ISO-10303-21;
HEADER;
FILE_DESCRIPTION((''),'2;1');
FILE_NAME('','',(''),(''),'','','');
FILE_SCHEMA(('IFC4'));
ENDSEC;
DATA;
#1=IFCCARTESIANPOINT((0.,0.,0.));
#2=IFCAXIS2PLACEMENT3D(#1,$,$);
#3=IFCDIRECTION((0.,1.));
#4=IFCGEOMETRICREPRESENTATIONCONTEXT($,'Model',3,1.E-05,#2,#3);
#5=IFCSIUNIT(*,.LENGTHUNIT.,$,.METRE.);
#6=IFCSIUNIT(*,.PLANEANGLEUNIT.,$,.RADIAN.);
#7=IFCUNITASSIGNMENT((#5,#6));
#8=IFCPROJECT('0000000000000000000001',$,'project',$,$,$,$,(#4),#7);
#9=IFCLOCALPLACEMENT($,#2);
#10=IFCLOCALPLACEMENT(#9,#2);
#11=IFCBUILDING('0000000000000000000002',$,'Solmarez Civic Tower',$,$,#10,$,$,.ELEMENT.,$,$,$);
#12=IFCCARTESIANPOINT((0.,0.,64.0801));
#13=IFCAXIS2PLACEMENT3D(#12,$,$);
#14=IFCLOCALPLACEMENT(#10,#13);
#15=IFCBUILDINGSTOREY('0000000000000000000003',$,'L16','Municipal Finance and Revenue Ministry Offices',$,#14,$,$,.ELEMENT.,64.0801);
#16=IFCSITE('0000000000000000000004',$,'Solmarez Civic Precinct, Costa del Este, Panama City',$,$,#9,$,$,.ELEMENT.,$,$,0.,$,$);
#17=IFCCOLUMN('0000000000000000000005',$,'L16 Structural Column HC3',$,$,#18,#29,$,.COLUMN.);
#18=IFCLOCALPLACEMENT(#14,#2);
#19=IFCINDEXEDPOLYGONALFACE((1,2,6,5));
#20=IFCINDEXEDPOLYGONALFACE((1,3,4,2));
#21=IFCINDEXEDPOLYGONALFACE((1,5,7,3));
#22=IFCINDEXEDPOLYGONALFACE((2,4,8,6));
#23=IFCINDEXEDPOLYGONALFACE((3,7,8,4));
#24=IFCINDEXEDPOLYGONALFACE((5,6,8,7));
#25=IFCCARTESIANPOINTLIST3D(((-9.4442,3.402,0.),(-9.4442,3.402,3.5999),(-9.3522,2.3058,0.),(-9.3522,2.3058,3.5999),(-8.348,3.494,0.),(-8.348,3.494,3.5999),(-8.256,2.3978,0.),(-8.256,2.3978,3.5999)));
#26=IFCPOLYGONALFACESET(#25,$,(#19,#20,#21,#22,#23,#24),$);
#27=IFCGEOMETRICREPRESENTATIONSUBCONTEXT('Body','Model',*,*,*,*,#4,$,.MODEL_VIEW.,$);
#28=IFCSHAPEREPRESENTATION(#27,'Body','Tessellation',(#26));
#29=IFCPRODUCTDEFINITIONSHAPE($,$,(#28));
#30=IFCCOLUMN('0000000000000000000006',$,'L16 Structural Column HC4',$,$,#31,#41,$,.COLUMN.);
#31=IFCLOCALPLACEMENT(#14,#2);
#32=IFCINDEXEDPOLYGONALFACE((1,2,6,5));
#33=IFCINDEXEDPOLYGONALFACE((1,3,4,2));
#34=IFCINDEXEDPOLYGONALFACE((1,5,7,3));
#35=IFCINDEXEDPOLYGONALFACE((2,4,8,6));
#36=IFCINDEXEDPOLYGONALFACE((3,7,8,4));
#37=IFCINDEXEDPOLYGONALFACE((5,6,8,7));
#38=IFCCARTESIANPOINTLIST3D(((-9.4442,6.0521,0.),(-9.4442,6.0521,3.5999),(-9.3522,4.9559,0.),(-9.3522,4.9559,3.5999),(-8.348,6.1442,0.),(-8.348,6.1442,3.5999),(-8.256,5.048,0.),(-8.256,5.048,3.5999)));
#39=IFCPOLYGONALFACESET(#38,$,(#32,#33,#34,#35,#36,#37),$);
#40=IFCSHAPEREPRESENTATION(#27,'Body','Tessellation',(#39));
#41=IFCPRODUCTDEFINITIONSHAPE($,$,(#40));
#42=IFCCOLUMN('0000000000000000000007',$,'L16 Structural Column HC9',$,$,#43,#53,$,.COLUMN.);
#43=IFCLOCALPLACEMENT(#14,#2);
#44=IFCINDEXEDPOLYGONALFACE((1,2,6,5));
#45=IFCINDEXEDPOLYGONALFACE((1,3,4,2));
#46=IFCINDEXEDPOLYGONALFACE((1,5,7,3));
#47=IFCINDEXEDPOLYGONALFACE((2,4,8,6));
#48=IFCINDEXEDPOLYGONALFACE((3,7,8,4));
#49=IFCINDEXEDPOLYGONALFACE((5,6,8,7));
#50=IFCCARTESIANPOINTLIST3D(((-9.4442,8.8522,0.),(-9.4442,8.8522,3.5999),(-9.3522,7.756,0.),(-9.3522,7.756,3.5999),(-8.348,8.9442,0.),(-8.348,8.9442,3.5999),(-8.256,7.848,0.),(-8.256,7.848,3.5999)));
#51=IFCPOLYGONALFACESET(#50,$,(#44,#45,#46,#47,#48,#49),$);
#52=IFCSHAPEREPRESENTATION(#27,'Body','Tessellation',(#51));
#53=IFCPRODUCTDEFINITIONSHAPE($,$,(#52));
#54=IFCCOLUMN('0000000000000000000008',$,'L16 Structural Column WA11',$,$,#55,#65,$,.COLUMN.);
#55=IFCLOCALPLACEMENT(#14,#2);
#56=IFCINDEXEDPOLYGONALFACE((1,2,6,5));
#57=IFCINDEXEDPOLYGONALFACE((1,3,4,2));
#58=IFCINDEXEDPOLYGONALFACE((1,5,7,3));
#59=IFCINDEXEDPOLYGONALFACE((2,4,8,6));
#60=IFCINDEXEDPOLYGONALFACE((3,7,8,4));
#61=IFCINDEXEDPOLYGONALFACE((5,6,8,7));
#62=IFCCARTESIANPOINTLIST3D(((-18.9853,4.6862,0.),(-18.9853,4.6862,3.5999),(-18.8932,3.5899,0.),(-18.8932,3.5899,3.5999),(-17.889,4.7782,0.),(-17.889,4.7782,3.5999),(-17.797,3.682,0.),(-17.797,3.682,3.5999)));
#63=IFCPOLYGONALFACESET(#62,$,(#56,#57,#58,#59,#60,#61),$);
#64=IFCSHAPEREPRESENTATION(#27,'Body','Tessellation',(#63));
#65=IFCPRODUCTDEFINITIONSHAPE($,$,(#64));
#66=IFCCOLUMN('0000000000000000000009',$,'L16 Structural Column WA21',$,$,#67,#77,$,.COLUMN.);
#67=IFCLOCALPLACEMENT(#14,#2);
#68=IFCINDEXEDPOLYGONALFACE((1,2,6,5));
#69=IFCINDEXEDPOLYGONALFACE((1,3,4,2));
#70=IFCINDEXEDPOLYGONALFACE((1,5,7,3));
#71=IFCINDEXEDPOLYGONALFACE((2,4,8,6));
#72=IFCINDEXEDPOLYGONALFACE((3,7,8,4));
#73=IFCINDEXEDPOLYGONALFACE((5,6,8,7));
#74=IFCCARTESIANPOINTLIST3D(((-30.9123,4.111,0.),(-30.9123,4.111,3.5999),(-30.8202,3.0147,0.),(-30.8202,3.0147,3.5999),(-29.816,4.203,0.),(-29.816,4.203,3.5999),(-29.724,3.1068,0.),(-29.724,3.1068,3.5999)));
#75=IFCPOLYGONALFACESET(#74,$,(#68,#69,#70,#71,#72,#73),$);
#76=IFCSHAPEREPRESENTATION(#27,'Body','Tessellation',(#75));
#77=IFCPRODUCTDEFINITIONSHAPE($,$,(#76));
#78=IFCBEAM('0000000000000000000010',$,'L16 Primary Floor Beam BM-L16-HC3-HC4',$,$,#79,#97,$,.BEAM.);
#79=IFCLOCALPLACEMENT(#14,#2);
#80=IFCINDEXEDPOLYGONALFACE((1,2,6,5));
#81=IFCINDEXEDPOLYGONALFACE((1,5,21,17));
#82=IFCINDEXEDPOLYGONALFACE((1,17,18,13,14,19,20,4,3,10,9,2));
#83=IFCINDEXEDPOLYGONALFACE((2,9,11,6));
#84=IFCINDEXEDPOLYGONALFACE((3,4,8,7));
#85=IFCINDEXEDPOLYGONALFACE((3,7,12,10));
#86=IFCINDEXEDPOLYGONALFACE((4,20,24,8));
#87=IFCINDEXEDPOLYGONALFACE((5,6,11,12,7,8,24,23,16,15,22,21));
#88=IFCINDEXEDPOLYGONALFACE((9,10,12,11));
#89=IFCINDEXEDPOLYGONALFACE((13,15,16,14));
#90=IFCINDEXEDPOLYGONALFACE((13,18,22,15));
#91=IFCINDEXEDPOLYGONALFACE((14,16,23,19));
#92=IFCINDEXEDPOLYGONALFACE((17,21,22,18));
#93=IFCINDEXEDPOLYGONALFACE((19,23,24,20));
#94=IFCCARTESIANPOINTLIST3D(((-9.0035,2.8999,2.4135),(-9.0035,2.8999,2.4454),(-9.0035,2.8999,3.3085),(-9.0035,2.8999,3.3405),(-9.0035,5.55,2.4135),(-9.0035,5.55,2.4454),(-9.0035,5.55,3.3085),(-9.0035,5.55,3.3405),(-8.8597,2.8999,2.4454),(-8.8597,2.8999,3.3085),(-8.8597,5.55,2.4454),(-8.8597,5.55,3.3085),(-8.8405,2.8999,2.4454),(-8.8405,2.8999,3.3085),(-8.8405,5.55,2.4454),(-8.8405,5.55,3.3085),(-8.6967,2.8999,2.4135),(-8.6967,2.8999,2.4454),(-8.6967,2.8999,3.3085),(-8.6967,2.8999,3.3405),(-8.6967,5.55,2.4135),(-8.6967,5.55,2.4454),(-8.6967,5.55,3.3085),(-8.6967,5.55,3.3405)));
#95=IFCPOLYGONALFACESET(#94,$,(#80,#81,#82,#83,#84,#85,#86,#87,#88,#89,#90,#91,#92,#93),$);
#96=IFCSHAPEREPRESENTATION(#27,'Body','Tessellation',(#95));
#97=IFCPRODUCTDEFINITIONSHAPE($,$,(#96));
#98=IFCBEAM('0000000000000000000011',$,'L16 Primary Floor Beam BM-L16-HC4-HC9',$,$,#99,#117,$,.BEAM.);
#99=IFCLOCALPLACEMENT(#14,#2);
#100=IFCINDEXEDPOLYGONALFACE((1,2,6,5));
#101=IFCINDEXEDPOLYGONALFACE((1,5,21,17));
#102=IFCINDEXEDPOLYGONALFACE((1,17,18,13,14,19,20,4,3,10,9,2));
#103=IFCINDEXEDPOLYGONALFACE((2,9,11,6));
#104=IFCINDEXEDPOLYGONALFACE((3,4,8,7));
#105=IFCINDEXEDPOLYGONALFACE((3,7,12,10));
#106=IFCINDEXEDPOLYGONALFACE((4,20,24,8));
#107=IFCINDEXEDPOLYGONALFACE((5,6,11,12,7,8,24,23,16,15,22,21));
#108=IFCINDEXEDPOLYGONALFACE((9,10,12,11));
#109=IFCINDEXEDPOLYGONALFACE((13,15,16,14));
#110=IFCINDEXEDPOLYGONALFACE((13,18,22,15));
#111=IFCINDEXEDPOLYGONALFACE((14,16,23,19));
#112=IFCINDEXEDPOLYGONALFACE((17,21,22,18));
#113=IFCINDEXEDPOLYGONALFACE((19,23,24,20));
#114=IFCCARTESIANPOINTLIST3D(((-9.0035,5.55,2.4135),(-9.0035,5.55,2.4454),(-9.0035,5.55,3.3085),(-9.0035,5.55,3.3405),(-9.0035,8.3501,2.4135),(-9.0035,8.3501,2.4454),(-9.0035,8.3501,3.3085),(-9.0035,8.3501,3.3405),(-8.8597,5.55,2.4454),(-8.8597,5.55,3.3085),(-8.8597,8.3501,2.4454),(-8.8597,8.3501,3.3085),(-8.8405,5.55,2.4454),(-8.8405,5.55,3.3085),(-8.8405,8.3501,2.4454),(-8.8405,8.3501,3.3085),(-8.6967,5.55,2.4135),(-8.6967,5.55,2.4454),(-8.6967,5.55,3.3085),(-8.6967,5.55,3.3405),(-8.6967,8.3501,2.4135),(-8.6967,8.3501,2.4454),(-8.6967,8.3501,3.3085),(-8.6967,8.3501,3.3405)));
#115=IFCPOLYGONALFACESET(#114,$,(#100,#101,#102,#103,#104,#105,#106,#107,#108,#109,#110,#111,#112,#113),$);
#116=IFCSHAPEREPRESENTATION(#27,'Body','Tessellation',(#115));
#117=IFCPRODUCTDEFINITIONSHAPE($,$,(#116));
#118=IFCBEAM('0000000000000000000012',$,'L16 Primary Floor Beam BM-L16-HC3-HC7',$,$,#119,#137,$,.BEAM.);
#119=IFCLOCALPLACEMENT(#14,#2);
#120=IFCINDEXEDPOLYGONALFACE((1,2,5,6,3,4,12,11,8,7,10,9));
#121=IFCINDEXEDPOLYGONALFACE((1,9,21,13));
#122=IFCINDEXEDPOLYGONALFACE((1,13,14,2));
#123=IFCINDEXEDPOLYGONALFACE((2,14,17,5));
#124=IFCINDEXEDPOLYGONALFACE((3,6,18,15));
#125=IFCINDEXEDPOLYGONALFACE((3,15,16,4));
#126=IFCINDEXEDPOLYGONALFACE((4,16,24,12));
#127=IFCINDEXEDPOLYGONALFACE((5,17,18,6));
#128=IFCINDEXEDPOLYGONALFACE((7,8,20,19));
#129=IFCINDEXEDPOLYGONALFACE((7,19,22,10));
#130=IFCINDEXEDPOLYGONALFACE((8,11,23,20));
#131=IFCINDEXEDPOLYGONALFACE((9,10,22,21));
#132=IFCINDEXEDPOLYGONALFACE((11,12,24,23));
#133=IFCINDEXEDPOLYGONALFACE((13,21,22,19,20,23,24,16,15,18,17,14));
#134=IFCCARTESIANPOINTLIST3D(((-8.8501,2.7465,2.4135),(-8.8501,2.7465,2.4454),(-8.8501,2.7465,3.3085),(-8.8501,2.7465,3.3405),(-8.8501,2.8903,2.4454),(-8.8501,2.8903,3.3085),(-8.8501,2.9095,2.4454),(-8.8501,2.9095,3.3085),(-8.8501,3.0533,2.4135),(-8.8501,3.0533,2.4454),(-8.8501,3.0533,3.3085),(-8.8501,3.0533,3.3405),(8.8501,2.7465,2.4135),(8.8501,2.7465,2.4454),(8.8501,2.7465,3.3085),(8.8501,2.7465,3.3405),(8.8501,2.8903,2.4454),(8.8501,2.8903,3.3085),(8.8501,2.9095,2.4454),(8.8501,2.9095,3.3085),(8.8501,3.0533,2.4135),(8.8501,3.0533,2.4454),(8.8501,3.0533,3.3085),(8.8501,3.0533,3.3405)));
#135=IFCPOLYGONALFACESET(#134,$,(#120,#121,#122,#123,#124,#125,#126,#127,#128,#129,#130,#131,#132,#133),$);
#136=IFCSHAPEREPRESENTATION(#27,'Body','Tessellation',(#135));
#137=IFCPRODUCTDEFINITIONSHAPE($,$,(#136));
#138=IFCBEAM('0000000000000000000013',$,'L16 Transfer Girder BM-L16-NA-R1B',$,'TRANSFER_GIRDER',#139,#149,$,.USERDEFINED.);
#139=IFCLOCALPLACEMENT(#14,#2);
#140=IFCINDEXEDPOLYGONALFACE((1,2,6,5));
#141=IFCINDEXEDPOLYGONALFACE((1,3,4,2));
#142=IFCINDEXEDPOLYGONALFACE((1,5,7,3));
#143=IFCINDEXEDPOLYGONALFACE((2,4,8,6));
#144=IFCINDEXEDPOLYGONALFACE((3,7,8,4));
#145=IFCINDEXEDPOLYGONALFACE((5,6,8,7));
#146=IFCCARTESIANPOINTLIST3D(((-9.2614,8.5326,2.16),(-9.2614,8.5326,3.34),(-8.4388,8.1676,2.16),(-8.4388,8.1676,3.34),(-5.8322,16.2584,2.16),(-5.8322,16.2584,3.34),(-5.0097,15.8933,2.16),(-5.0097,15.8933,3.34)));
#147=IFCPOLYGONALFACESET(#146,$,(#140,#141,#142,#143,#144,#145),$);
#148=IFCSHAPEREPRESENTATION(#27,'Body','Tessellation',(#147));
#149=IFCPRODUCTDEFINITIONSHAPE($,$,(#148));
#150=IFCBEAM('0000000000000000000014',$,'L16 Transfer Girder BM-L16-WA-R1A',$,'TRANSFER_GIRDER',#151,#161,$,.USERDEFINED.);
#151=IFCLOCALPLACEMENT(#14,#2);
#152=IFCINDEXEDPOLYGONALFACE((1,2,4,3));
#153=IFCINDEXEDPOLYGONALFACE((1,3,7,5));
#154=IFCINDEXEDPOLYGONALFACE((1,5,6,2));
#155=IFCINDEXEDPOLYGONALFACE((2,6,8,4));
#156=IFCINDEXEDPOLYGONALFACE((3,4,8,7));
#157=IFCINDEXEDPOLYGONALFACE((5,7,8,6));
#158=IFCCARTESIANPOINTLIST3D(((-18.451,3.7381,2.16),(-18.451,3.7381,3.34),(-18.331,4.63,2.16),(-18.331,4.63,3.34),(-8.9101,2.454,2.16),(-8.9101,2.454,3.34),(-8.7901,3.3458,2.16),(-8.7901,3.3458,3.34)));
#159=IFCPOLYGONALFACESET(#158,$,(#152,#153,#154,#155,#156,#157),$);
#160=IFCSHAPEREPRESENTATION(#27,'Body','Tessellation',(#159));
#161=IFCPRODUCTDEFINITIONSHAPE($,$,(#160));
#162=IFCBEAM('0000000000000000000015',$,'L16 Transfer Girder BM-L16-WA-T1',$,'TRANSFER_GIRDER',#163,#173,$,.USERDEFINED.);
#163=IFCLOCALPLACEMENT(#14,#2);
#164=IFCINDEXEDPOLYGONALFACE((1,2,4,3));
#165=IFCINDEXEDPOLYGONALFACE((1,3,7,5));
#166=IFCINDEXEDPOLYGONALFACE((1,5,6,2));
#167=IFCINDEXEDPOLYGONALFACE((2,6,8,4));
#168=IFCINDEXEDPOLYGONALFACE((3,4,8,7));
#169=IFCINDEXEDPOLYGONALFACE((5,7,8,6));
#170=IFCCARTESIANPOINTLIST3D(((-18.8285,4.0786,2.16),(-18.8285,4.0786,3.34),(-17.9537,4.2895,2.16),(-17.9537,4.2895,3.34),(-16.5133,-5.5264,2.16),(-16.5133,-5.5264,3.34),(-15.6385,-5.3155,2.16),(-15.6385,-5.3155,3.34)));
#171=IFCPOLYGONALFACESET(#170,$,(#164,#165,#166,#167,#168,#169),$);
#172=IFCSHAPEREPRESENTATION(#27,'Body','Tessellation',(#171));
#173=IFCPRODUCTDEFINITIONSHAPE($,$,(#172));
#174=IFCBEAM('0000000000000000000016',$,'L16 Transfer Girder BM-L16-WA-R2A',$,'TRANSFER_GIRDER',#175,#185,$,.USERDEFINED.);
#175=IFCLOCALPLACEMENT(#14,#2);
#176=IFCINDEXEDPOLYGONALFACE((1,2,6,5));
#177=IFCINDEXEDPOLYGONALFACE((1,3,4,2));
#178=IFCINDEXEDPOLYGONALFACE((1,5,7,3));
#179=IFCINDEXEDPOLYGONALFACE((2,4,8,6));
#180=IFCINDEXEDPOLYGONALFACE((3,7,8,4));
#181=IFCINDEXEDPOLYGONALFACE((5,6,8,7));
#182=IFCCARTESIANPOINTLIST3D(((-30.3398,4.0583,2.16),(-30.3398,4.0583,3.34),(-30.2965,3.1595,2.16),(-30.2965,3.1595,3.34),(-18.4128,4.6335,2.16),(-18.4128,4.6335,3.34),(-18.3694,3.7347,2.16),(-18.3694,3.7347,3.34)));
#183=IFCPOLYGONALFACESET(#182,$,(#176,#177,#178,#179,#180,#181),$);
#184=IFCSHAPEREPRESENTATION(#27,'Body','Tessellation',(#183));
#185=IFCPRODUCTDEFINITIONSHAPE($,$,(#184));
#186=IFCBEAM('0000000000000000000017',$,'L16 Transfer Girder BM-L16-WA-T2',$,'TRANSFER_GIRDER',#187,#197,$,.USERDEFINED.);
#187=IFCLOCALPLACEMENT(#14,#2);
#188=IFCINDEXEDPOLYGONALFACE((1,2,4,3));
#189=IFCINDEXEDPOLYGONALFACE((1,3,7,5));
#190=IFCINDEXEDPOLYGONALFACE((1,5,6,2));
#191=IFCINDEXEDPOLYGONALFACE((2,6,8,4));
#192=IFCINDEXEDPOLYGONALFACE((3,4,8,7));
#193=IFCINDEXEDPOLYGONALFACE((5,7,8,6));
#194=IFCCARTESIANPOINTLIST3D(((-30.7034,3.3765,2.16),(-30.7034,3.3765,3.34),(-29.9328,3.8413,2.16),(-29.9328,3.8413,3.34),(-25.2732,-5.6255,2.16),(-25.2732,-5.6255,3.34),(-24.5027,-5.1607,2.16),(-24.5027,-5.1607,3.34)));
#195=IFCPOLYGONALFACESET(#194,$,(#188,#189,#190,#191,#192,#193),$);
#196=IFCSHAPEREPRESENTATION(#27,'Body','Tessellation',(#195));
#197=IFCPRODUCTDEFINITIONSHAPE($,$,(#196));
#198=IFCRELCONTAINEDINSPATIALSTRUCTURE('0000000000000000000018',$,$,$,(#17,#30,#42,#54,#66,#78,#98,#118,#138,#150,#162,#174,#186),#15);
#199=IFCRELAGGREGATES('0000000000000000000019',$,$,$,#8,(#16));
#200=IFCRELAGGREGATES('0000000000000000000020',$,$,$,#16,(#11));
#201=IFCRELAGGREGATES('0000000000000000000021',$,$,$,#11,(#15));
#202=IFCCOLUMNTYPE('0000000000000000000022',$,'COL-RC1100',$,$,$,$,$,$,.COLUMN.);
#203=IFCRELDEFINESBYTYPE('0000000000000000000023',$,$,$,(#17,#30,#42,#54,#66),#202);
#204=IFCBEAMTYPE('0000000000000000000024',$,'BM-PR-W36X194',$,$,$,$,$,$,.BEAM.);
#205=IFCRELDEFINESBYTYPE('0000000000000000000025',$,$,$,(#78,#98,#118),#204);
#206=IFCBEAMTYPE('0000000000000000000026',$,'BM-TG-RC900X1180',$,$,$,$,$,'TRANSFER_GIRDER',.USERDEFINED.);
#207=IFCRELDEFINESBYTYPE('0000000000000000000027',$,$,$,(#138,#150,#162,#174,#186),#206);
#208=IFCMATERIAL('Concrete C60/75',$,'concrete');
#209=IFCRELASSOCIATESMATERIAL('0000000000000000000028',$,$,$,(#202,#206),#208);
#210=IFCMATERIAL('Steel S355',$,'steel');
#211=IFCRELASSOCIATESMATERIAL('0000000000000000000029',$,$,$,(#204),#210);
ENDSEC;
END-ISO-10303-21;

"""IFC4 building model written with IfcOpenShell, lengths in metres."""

from ifc_helpers import new_model, si_unit, direction, frame, origin, origin_2d, place, context, subcontext, project, spatial, rectangle, i_section, extrude, material, material_profile, profile_set, type_object, element, save


model = new_model("IFC4")

# Units and contexts
model_context = context("Model", 3, precision=1e-05, world=origin(), true_north=direction((0.0, 1.0)))
body_context = subcontext(model_context, "Body", "Model", "MODEL_VIEW")
ifc_project = project(units=[si_unit("LENGTHUNIT", "METRE"), si_unit("PLANEANGLEUNIT", "RADIAN")], contexts=[model_context])

# Site, building, storey
site_placement = place(None, origin())
site = spatial("IfcSite", under=ifc_project, at=site_placement, Name="Solmarez Civic Precinct, Costa del Este, Panama City", CompositionType="ELEMENT", RefElevation=0.0)
building_placement = place(site_placement, origin())
building = spatial("IfcBuilding", under=site, at=building_placement, Name="Solmarez Civic Tower", CompositionType="ELEMENT")
storey_placement = place(building_placement, frame((0.0, 0.0, 64.0801)))
storey = spatial("IfcBuildingStorey", under=building, at=storey_placement, Name="L16", Description="Municipal Finance and Revenue Ministry Offices", CompositionType="ELEMENT", Elevation=64.0801)

# Columns
ifc_material_1 = material(Name="Concrete C60/75", Category="concrete")
ifc_material_profile_1 = material_profile(ifc_material_1, rectangle(XDim=1.1001, YDim=1.1001, at=origin_2d()), Name="RC1100X1100")
ifc_profile_set_1 = profile_set([ifc_material_profile_1], Name="Concrete C60/75")
column_type = type_object("IfcColumnType", Name="COL-RC1100", PredefinedType="COLUMN", material=ifc_profile_set_1)
for number, where, z_axis, x_axis, name in (
    (1, (-8.8501, 2.8999, 0.0), (0.0, 0.0, 1.0), (0.996493, 0.083678, 0.0), "L16 Structural Column HC3"),
    (2, (-8.8501, 5.55, 0.0), (0.0, 0.0, 1.0), (0.996493, 0.083678, 0.0), "L16 Structural Column HC4"),
    (3, (-8.8501, 8.3501, 0.0), (0.0, 0.0, 1.0), (0.996493, 0.083678, 0.0), "L16 Structural Column HC9"),
    (4, (-18.3911, 4.1841, 0.0), (0.0, 0.0, 1.0), (0.996493, 0.083678, 0.0), "L16 Structural Column WA11"),
    (5, (-30.3181, 3.6089, 0.0), (0.0, 0.0, 1.0), (0.996493, 0.083678, 0.0), "L16 Structural Column WA21"),
):
    element("IfcColumn", number, at=place(storey_placement, frame(where, z_axis=z_axis, x_axis=x_axis)), inside=storey, type_object=column_type, Name=name, PredefinedType="COLUMN", context=body_context, shape_type="SweptSolid", body=[
        extrude(rectangle(XDim=1.1001, YDim=1.1001, at=origin_2d()), origin(), (0.0, 0.0, 1.0), 3.5999),
    ])

# Beams
ifc_material_2 = material(Name="Steel S355", Category="steel")
ifc_material_profile_2 = material_profile(ifc_material_2, i_section(OverallWidth=0.3069, OverallDepth=0.927, WebThickness=0.0193, FlangeThickness=0.032, at=origin_2d()), Name="W36X194")
ifc_profile_set_2 = profile_set([ifc_material_profile_2], Name="Steel S355")
beam_type_1 = type_object("IfcBeamType", Name="BM-PR-W36X194", PredefinedType="BEAM", material=ifc_profile_set_2)
beam_1_placement = place(storey_placement, frame((-8.8501, 2.8999, 2.877), z_axis=(0.0, 1.0, 0.0), x_axis=(-1.0, 0.0, 0.0)))
element("IfcBeam", 6, at=beam_1_placement, inside=storey, type_object=beam_type_1, Name="L16 Primary Floor Beam BM-L16-HC3-HC4", PredefinedType="BEAM", context=body_context, shape_type="SweptSolid", body=[
    extrude(i_section(OverallWidth=0.3069, OverallDepth=0.927, WebThickness=0.0193, FlangeThickness=0.032, at=origin_2d()), origin(), (0.0, 0.0, 1.0), 2.6501),
])
beam_2_placement = place(storey_placement, frame((-8.8501, 5.55, 2.877), z_axis=(0.0, 1.0, 0.0), x_axis=(-1.0, 0.0, 0.0)))
element("IfcBeam", 7, at=beam_2_placement, inside=storey, type_object=beam_type_1, Name="L16 Primary Floor Beam BM-L16-HC4-HC9", PredefinedType="BEAM", context=body_context, shape_type="SweptSolid", body=[
    extrude(i_section(OverallWidth=0.3069, OverallDepth=0.927, WebThickness=0.0193, FlangeThickness=0.032, at=origin_2d()), origin(), (0.0, 0.0, 1.0), 2.8),
])
beam_3_placement = place(storey_placement, frame((-8.8501, 2.8999, 2.877), z_axis=(1.0, 0.0, 0.0), x_axis=(0.0, 1.0, 0.0)))
element("IfcBeam", 8, at=beam_3_placement, inside=storey, type_object=beam_type_1, Name="L16 Primary Floor Beam BM-L16-HC3-HC7", PredefinedType="BEAM", context=body_context, shape_type="SweptSolid", body=[
    extrude(i_section(OverallWidth=0.3069, OverallDepth=0.927, WebThickness=0.0193, FlangeThickness=0.032, at=origin_2d()), origin(), (0.0, 0.0, 1.0), 17.7002),
])
ifc_material_profile_3 = material_profile(ifc_material_1, rectangle(XDim=0.8999, YDim=1.1799, at=origin_2d()), Name="RC900X1180")
ifc_profile_set_3 = profile_set([ifc_material_profile_3], Name="Concrete C60/75")
beam_type_2 = type_object("IfcBeamType", Name="BM-TG-RC900X1180", ElementType="TRANSFER_GIRDER", PredefinedType="USERDEFINED", material=ifc_profile_set_3)
beam_4_placement = place(storey_placement, frame((-8.8501, 8.3501, 2.75), z_axis=(0.405694, 0.914009, 0.0), x_axis=(-0.914009, 0.405694, 0.0)))
element("IfcBeam", 9, at=beam_4_placement, inside=storey, type_object=beam_type_2, Name="L16 Transfer Girder BM-L16-NA-R1B", ObjectType="TRANSFER_GIRDER", PredefinedType="USERDEFINED", context=body_context, shape_type="SweptSolid", body=[
    extrude(rectangle(XDim=0.8999, YDim=1.1799, at=origin_2d()), origin(), (0.0, 0.0, 1.0), 8.4526),
])
beam_5_placement = place(storey_placement, frame((-8.8501, 2.8999, 2.75), z_axis=(-0.991063, 0.133393, 0.0), x_axis=(-0.133393, -0.991063, 0.0)))
element("IfcBeam", 10, at=beam_5_placement, inside=storey, type_object=beam_type_2, Name="L16 Transfer Girder BM-L16-WA-R1A", ObjectType="TRANSFER_GIRDER", PredefinedType="USERDEFINED", context=body_context, shape_type="SweptSolid", body=[
    extrude(rectangle(XDim=0.8999, YDim=1.1799, at=origin_2d()), origin(), (0.0, 0.0, 1.0), 9.627),
])
beam_6_placement = place(storey_placement, frame((-18.3911, 4.1841, 2.75), z_axis=(0.234329, -0.972157, 0.0), x_axis=(0.972157, 0.234329, 0.0)))
element("IfcBeam", 11, at=beam_6_placement, inside=storey, type_object=beam_type_2, Name="L16 Transfer Girder BM-L16-WA-T1", ObjectType="TRANSFER_GIRDER", PredefinedType="USERDEFINED", context=body_context, shape_type="SweptSolid", body=[
    extrude(rectangle(XDim=0.8999, YDim=1.1799, at=origin_2d()), origin(), (0.0, 0.0, 1.0), 9.8801),
])
beam_7_placement = place(storey_placement, frame((-18.3911, 4.1841, 2.75), z_axis=(-0.998839, -0.04817, 0.0), x_axis=(0.04817, -0.998839, 0.0)))
element("IfcBeam", 12, at=beam_7_placement, inside=storey, type_object=beam_type_2, Name="L16 Transfer Girder BM-L16-WA-R2A", ObjectType="TRANSFER_GIRDER", PredefinedType="USERDEFINED", context=body_context, shape_type="SweptSolid", body=[
    extrude(rectangle(XDim=0.8999, YDim=1.1799, at=origin_2d()), origin(), (0.0, 0.0, 1.0), 11.9409),
])
beam_8_placement = place(storey_placement, frame((-30.3181, 3.6089, 2.75), z_axis=(0.516523, -0.856273, 0.0), x_axis=(0.856273, 0.516523, 0.0)))
element("IfcBeam", 13, at=beam_8_placement, inside=storey, type_object=beam_type_2, Name="L16 Transfer Girder BM-L16-WA-T2", ObjectType="TRANSFER_GIRDER", PredefinedType="USERDEFINED", context=body_context, shape_type="SweptSolid", body=[
    extrude(rectangle(XDim=0.8999, YDim=1.1799, at=origin_2d()), origin(), (0.0, 0.0, 1.0), 10.5129),
])

save(model, "model.ifc")
